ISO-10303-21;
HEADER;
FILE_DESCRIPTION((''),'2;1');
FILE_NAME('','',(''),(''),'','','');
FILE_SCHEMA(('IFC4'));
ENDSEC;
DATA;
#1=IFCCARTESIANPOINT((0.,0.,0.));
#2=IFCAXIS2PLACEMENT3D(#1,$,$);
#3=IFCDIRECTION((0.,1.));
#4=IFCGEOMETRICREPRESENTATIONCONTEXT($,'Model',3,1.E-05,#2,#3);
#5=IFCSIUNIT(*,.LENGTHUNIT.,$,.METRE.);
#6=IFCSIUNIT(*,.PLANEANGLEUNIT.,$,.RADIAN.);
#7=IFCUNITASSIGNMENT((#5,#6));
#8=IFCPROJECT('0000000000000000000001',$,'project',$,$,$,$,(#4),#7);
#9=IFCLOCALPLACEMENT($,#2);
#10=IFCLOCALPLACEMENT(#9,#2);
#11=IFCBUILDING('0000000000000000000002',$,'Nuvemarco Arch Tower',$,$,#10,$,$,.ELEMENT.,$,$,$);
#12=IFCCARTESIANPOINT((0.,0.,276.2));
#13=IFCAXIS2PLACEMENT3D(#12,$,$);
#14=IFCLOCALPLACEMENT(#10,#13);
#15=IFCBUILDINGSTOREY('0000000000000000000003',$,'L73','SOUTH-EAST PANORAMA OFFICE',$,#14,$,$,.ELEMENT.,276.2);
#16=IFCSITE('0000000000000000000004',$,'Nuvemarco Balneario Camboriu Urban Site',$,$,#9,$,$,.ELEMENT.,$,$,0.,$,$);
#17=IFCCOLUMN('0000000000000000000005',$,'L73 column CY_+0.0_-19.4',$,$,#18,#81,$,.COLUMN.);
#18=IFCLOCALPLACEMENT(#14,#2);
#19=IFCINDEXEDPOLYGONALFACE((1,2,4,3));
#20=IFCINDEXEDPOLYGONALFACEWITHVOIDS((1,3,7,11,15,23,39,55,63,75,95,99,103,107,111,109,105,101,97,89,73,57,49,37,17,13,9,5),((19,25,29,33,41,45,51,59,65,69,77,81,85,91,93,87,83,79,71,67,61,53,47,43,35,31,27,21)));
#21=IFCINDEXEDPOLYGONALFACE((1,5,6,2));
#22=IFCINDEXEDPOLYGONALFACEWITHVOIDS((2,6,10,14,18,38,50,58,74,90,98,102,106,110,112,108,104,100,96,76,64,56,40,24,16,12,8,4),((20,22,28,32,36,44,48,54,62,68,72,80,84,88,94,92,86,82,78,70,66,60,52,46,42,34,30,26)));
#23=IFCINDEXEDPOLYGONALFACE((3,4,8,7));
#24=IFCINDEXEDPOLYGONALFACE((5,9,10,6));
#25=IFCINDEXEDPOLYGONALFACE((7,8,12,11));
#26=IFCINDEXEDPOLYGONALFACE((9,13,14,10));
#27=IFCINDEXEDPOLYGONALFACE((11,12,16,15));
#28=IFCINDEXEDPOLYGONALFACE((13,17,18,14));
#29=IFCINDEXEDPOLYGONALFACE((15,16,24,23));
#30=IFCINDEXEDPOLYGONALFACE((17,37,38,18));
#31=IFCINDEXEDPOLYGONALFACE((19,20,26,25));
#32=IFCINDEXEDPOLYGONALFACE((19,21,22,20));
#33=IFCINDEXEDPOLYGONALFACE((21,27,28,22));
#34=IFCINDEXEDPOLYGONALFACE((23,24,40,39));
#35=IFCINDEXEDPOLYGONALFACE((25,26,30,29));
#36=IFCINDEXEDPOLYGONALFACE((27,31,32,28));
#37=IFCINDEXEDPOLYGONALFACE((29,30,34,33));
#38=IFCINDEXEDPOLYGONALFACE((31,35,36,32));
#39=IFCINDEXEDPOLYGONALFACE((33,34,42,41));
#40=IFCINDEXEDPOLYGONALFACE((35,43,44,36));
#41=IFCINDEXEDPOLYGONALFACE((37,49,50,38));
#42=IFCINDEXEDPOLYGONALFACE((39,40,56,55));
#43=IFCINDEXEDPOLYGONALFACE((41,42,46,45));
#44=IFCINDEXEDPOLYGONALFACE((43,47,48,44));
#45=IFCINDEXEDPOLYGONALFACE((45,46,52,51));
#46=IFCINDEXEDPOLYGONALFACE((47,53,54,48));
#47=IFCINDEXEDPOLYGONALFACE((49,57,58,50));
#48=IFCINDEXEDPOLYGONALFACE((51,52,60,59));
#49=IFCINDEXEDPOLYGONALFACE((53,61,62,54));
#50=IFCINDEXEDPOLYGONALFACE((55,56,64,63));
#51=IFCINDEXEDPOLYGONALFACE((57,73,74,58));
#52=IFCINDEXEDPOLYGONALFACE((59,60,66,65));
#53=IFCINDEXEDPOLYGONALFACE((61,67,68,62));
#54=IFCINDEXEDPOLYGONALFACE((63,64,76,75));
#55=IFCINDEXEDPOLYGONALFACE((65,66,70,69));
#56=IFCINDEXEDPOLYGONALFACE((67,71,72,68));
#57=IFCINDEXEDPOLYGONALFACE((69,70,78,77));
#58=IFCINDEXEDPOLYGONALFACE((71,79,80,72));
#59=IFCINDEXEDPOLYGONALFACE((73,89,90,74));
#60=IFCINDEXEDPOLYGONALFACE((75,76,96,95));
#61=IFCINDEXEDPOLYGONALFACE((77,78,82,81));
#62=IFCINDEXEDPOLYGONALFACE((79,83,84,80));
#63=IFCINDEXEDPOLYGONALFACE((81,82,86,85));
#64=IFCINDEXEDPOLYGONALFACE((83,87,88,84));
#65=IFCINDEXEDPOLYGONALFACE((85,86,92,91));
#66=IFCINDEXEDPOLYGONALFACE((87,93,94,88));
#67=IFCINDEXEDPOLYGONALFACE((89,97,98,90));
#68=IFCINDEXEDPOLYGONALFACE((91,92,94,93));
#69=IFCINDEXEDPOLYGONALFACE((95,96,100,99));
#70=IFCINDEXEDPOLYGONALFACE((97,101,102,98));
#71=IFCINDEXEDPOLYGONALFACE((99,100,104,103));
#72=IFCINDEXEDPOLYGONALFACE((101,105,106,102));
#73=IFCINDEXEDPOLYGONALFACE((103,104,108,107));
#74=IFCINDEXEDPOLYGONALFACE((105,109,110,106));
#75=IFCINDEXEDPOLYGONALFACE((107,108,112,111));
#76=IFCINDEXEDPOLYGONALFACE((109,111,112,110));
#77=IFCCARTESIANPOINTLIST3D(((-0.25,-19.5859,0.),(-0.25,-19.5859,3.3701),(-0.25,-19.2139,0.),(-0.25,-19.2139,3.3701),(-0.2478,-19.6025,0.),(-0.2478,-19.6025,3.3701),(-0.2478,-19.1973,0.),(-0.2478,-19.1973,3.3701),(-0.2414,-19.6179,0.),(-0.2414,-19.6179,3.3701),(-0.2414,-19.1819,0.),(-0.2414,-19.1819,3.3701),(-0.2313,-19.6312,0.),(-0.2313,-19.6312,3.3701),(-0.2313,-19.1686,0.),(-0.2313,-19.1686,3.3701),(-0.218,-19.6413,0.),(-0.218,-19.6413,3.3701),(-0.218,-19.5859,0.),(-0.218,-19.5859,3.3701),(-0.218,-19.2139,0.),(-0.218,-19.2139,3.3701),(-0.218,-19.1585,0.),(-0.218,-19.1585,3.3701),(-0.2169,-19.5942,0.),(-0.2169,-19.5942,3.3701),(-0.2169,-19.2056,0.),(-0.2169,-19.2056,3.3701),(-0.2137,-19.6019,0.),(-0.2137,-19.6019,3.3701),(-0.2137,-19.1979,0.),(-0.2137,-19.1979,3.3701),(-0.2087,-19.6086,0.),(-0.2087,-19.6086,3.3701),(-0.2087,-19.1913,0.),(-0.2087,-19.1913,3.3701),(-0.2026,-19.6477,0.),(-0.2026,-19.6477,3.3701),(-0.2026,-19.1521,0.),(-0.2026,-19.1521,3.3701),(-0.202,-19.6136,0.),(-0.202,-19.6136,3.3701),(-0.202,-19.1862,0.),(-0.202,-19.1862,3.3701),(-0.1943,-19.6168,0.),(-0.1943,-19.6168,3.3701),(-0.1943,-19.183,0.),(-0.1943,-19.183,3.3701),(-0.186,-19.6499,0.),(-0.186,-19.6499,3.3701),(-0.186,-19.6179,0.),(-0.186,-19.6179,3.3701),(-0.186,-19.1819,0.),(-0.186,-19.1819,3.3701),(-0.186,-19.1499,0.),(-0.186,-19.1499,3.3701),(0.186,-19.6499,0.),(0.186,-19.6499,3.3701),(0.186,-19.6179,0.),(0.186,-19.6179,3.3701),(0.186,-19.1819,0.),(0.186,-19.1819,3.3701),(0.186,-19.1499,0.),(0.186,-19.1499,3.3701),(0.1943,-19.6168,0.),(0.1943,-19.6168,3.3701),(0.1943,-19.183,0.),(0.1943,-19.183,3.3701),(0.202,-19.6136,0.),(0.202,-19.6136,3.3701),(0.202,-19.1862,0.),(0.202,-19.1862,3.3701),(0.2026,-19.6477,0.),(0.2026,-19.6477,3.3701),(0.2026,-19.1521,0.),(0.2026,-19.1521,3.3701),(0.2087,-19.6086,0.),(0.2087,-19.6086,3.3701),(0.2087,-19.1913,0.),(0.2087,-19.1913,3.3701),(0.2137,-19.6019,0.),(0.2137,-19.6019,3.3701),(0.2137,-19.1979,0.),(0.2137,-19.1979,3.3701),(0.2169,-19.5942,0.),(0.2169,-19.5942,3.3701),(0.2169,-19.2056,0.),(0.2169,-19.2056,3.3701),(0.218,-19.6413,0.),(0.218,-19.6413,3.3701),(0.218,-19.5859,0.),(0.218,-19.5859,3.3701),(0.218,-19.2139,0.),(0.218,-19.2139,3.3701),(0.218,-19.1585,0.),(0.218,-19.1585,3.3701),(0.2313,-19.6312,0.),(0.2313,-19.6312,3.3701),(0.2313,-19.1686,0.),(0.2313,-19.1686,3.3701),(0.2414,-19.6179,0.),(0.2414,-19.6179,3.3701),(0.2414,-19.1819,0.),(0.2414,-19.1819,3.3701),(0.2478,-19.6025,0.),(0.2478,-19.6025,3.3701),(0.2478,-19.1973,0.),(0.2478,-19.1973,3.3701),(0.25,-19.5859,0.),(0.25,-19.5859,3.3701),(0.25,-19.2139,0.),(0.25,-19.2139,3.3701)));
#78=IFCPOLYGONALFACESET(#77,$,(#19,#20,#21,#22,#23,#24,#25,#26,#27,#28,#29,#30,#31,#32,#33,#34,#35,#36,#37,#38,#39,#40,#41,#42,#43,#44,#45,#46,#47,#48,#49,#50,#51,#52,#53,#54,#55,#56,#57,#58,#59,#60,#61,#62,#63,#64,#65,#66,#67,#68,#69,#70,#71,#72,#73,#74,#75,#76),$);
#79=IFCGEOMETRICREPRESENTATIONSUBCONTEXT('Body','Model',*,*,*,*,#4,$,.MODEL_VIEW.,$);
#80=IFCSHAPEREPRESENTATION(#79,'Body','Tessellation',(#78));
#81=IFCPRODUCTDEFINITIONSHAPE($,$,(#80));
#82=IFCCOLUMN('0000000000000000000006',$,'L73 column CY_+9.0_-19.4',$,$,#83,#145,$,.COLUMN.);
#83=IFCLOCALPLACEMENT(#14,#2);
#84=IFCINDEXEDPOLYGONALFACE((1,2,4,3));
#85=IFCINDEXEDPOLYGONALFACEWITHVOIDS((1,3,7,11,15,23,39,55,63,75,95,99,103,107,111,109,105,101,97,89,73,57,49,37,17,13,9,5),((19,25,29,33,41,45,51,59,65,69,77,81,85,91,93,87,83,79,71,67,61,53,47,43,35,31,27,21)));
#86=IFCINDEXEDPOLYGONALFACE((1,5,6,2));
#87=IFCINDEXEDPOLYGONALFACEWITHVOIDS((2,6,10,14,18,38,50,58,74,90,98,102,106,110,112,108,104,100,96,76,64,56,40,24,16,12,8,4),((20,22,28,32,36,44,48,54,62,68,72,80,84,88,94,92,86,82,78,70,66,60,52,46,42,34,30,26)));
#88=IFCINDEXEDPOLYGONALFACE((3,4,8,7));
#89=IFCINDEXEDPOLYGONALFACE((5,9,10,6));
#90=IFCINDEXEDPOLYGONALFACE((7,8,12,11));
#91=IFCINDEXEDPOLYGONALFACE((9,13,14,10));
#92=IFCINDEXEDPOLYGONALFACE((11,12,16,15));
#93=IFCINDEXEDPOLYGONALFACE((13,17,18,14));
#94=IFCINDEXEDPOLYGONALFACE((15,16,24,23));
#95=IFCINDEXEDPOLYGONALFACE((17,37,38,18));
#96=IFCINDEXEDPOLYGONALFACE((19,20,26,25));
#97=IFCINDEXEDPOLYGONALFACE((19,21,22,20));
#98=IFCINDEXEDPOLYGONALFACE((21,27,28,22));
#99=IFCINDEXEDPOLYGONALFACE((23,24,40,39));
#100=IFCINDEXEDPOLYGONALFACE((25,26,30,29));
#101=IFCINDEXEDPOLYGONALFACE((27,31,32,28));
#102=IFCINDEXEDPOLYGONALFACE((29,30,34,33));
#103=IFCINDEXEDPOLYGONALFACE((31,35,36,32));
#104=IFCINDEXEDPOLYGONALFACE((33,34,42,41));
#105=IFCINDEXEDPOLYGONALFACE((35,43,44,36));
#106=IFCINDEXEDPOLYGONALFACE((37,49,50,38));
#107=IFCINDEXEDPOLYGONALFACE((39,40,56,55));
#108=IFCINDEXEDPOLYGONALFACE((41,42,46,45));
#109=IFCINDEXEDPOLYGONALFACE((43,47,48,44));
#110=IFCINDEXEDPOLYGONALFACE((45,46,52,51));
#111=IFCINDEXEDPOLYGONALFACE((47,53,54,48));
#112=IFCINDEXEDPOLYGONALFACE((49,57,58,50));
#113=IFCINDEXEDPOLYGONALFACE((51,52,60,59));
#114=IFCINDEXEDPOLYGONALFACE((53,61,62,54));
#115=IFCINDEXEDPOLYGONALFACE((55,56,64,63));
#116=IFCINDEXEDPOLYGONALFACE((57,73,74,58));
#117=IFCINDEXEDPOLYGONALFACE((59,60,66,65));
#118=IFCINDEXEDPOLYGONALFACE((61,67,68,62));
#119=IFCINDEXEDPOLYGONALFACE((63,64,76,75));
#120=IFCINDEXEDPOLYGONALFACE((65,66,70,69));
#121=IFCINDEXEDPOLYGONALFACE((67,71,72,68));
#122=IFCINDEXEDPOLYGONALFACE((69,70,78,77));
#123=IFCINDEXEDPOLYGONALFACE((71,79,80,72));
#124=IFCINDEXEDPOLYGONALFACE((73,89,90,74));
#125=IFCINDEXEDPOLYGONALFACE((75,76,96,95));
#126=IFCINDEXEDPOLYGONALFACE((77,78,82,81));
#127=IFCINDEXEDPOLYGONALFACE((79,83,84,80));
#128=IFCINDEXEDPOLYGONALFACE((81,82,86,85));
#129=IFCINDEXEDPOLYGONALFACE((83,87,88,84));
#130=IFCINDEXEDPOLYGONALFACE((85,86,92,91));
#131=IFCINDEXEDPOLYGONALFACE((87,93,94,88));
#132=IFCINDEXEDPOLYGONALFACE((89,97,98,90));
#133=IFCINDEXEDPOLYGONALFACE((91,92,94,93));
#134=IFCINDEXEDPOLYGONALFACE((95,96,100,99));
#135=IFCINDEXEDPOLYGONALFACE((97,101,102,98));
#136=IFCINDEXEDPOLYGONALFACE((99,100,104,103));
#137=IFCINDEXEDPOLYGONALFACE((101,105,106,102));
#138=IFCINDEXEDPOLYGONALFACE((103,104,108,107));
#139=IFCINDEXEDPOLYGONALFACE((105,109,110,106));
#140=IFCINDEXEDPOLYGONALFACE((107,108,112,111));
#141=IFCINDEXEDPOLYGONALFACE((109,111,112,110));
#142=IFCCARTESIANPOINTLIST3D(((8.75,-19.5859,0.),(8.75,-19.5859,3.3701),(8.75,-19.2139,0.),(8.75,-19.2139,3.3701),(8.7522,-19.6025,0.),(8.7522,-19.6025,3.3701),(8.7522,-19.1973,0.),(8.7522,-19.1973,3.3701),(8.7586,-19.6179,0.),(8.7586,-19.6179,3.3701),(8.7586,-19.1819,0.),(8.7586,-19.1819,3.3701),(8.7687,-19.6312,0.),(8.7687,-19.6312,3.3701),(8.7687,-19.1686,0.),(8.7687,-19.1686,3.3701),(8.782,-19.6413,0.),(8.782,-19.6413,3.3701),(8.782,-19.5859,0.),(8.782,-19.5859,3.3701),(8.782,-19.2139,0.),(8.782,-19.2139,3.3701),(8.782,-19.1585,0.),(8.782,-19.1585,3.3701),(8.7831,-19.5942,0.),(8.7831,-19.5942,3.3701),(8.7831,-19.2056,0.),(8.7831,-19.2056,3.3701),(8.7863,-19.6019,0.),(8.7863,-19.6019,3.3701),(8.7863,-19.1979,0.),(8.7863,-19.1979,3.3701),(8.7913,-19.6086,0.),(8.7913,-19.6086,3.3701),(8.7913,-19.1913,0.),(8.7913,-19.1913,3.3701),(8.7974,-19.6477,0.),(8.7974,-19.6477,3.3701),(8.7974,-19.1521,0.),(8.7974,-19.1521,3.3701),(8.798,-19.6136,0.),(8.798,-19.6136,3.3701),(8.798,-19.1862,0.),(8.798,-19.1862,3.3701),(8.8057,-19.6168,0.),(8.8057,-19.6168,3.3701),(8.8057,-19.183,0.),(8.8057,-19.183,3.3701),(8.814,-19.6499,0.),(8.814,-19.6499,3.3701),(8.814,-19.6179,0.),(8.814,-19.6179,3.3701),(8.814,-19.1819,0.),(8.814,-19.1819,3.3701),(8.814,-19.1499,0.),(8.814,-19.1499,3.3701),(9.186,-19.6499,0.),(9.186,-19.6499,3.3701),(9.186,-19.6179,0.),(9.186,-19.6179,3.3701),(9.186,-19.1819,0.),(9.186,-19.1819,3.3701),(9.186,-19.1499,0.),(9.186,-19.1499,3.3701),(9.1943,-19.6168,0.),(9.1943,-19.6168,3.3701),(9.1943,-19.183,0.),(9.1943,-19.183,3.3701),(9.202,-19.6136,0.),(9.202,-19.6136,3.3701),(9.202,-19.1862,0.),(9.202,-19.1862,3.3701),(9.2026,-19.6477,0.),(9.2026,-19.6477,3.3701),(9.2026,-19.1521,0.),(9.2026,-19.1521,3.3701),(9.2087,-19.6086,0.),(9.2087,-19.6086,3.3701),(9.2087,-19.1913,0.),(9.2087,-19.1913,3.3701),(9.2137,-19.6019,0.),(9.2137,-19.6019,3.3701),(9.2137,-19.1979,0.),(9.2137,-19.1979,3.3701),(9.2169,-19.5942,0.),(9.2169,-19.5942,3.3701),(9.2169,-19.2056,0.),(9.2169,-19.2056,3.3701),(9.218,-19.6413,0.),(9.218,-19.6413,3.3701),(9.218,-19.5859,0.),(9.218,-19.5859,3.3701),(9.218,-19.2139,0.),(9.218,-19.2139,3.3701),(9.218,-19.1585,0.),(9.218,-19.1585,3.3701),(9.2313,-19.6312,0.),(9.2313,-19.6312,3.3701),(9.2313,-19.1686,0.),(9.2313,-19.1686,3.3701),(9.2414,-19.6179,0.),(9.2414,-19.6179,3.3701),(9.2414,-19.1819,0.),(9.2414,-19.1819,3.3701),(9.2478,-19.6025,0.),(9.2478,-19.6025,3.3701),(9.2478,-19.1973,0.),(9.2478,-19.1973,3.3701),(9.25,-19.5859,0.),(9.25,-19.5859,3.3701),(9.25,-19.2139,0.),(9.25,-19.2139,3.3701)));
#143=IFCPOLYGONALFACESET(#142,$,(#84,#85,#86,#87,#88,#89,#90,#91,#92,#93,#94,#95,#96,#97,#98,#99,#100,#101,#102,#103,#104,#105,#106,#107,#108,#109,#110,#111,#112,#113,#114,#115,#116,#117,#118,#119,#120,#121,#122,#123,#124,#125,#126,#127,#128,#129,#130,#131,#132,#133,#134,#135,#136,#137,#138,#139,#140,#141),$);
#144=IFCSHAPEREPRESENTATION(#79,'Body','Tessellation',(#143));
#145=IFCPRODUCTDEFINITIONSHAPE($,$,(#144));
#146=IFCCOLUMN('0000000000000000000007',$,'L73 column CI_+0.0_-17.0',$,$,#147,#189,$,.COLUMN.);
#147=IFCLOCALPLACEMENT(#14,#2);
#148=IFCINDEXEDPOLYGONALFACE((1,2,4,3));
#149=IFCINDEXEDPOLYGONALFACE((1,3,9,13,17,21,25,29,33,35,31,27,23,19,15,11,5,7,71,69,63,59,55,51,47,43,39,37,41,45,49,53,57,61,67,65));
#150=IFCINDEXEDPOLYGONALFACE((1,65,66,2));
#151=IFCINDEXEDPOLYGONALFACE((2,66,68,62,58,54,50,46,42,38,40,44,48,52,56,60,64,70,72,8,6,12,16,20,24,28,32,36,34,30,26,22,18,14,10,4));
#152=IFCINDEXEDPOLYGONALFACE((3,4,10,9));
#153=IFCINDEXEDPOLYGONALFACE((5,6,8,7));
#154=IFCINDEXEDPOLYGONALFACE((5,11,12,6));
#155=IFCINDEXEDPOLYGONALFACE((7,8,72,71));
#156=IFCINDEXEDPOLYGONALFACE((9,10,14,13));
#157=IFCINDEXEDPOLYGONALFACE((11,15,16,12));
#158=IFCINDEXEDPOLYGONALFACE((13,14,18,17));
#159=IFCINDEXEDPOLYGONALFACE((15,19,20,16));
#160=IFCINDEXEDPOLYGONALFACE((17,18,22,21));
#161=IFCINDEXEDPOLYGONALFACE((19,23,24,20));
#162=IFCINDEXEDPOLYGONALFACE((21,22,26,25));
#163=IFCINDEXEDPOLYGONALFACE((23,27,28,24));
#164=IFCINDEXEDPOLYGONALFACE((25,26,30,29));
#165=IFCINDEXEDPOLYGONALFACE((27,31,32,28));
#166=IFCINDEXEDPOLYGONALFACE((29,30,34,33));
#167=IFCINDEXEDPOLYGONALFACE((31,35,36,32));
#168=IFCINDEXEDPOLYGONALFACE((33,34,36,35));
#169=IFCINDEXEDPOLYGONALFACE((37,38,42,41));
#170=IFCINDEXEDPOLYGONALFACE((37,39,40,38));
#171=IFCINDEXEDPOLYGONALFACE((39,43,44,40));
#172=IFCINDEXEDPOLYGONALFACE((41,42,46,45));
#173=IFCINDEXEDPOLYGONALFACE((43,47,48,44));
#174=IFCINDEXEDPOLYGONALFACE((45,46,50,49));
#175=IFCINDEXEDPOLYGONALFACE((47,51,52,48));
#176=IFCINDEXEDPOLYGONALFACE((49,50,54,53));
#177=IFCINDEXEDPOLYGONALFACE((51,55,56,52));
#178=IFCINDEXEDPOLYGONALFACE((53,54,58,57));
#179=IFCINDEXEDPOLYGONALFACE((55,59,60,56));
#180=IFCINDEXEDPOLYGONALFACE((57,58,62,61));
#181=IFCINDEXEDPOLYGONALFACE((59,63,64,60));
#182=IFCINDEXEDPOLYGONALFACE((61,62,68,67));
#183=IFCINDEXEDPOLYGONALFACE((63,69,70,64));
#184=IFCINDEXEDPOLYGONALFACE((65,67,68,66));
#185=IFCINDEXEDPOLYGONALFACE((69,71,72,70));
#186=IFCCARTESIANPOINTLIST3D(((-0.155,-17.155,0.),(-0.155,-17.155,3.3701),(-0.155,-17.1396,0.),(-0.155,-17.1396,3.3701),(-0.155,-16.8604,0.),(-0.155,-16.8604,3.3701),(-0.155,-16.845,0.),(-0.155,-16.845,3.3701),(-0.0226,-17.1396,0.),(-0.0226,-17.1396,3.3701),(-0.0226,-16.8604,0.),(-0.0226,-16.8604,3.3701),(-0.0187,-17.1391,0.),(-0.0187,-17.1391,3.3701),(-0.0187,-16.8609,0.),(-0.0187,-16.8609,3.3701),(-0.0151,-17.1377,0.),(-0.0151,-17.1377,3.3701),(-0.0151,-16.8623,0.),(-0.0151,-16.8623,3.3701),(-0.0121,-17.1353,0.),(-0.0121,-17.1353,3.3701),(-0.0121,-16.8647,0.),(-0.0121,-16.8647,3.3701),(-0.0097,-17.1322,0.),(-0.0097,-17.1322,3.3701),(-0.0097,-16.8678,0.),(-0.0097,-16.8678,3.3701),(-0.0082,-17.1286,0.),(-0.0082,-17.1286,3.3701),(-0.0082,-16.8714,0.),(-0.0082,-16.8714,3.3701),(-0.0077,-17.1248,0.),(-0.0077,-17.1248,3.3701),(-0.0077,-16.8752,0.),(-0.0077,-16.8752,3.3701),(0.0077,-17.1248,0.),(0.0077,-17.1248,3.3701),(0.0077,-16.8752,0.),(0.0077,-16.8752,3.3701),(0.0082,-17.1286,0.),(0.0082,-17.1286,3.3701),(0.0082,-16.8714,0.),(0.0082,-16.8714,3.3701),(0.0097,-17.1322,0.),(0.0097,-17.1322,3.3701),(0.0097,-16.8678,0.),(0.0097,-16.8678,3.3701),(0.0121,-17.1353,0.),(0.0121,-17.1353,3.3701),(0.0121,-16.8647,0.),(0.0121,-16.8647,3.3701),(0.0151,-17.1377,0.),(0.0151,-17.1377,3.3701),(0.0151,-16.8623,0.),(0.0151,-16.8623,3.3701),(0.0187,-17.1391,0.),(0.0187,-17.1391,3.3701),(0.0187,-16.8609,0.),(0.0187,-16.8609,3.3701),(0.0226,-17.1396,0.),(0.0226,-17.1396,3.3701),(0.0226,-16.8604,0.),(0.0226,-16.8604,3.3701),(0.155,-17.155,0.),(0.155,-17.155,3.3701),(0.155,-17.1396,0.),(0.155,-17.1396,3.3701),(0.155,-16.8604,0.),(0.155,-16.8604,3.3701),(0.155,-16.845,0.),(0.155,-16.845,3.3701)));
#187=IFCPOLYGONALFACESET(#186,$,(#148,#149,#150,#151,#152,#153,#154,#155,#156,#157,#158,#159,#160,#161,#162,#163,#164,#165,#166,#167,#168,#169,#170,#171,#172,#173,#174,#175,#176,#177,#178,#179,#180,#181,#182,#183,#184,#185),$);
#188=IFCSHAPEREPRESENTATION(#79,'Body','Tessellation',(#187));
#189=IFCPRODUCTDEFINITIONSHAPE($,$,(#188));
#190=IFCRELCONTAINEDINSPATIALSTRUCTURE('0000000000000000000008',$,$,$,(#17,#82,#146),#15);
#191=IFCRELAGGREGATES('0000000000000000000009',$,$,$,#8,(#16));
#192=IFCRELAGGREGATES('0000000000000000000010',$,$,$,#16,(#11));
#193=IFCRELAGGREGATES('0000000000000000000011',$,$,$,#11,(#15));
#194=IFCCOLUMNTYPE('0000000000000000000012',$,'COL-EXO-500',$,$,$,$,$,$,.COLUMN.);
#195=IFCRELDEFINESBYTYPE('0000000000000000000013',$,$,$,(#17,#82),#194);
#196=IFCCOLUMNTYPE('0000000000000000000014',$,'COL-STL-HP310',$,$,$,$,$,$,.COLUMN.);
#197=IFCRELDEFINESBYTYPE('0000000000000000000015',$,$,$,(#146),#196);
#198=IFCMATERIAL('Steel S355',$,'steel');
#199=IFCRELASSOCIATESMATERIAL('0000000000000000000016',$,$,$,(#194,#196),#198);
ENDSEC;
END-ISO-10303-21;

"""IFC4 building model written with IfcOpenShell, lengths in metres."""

from ifc_helpers import new_model, si_unit, direction, frame, origin, origin_2d, place, context, subcontext, project, spatial, hollow_rectangle, i_section, extrude, material, material_profile, profile_set, type_object, element, save


model = new_model("IFC4")

# Units and contexts
model_context = context("Model", 3, precision=1e-05, world=origin(), true_north=direction((0.0, 1.0)))
body_context = subcontext(model_context, "Body", "Model", "MODEL_VIEW")
ifc_project = project(units=[si_unit("LENGTHUNIT", "METRE"), si_unit("PLANEANGLEUNIT", "RADIAN")], contexts=[model_context])

# Site, building, storey
site_placement = place(None, origin())
site = spatial("IfcSite", under=ifc_project, at=site_placement, Name="Nuvemarco Balneario Camboriu Urban Site", CompositionType="ELEMENT", RefElevation=0.0)
building_placement = place(site_placement, origin())
building = spatial("IfcBuilding", under=site, at=building_placement, Name="Nuvemarco Arch Tower", CompositionType="ELEMENT")
storey_placement = place(building_placement, frame((0.0, 0.0, 276.2)))
storey = spatial("IfcBuildingStorey", under=building, at=storey_placement, Name="L73", Description="SOUTH-EAST PANORAMA OFFICE", CompositionType="ELEMENT", Elevation=276.2)

# Columns
ifc_material_1 = material(Name="Steel S355", Category="steel")
ifc_material_profile_1 = material_profile(ifc_material_1, hollow_rectangle(XDim=0.5, YDim=0.5, WallThickness=0.032, InnerFilletRadius=0.032, OuterFilletRadius=0.064, at=origin_2d()), Name="SHS500x500x32")
ifc_profile_set_1 = profile_set([ifc_material_profile_1], Name="Steel S355")
column_type_1 = type_object("IfcColumnType", Name="COL-EXO-500", PredefinedType="COLUMN", material=ifc_profile_set_1)
for number, where, z_axis, x_axis, name in (
    (1, (0.0, -19.3999, 0.0), (0.0, 0.0, 1.0), (1.0, 0.0, 0.0), "L73 column CY_+0.0_-19.4"),
    (2, (9.0, -19.3999, 0.0), (0.0, 0.0, 1.0), (1.0, 0.0, 0.0), "L73 column CY_+9.0_-19.4"),
):
    element("IfcColumn", number, at=place(storey_placement, frame(where, z_axis=z_axis, x_axis=x_axis)), inside=storey, type_object=column_type_1, Name=name, PredefinedType="COLUMN", context=body_context, shape_type="SweptSolid", body=[
        extrude(hollow_rectangle(XDim=0.5, YDim=0.5, WallThickness=0.032, InnerFilletRadius=0.032, OuterFilletRadius=0.064, at=origin_2d()), origin(), (0.0, 0.0, 1.0), 3.3701),
    ])
ifc_material_profile_2 = material_profile(ifc_material_1, i_section(OverallWidth=0.3101, OverallDepth=0.3101, WebThickness=0.0154, FlangeThickness=0.0154, FilletRadius=0.0149, at=origin_2d()), Name="HP310x110")
ifc_profile_set_2 = profile_set([ifc_material_profile_2], Name="Steel S355")
column_type_2 = type_object("IfcColumnType", Name="COL-STL-HP310", PredefinedType="COLUMN", material=ifc_profile_set_2)
for number, where, z_axis, x_axis, name in (
    (3, (0.0, -17.0, 0.0), (0.0, 0.0, 1.0), (1.0, 0.0, 0.0), "L73 column CI_+0.0_-17.0"),
):
    element("IfcColumn", number, at=place(storey_placement, frame(where, z_axis=z_axis, x_axis=x_axis)), inside=storey, type_object=column_type_2, Name=name, PredefinedType="COLUMN", context=body_context, shape_type="SweptSolid", body=[
        extrude(i_section(OverallWidth=0.3101, OverallDepth=0.3101, WebThickness=0.0154, FlangeThickness=0.0154, FilletRadius=0.0149, at=origin_2d()), origin(), (0.0, 0.0, 1.0), 3.3701),
    ])

save(model, "model.ifc")
